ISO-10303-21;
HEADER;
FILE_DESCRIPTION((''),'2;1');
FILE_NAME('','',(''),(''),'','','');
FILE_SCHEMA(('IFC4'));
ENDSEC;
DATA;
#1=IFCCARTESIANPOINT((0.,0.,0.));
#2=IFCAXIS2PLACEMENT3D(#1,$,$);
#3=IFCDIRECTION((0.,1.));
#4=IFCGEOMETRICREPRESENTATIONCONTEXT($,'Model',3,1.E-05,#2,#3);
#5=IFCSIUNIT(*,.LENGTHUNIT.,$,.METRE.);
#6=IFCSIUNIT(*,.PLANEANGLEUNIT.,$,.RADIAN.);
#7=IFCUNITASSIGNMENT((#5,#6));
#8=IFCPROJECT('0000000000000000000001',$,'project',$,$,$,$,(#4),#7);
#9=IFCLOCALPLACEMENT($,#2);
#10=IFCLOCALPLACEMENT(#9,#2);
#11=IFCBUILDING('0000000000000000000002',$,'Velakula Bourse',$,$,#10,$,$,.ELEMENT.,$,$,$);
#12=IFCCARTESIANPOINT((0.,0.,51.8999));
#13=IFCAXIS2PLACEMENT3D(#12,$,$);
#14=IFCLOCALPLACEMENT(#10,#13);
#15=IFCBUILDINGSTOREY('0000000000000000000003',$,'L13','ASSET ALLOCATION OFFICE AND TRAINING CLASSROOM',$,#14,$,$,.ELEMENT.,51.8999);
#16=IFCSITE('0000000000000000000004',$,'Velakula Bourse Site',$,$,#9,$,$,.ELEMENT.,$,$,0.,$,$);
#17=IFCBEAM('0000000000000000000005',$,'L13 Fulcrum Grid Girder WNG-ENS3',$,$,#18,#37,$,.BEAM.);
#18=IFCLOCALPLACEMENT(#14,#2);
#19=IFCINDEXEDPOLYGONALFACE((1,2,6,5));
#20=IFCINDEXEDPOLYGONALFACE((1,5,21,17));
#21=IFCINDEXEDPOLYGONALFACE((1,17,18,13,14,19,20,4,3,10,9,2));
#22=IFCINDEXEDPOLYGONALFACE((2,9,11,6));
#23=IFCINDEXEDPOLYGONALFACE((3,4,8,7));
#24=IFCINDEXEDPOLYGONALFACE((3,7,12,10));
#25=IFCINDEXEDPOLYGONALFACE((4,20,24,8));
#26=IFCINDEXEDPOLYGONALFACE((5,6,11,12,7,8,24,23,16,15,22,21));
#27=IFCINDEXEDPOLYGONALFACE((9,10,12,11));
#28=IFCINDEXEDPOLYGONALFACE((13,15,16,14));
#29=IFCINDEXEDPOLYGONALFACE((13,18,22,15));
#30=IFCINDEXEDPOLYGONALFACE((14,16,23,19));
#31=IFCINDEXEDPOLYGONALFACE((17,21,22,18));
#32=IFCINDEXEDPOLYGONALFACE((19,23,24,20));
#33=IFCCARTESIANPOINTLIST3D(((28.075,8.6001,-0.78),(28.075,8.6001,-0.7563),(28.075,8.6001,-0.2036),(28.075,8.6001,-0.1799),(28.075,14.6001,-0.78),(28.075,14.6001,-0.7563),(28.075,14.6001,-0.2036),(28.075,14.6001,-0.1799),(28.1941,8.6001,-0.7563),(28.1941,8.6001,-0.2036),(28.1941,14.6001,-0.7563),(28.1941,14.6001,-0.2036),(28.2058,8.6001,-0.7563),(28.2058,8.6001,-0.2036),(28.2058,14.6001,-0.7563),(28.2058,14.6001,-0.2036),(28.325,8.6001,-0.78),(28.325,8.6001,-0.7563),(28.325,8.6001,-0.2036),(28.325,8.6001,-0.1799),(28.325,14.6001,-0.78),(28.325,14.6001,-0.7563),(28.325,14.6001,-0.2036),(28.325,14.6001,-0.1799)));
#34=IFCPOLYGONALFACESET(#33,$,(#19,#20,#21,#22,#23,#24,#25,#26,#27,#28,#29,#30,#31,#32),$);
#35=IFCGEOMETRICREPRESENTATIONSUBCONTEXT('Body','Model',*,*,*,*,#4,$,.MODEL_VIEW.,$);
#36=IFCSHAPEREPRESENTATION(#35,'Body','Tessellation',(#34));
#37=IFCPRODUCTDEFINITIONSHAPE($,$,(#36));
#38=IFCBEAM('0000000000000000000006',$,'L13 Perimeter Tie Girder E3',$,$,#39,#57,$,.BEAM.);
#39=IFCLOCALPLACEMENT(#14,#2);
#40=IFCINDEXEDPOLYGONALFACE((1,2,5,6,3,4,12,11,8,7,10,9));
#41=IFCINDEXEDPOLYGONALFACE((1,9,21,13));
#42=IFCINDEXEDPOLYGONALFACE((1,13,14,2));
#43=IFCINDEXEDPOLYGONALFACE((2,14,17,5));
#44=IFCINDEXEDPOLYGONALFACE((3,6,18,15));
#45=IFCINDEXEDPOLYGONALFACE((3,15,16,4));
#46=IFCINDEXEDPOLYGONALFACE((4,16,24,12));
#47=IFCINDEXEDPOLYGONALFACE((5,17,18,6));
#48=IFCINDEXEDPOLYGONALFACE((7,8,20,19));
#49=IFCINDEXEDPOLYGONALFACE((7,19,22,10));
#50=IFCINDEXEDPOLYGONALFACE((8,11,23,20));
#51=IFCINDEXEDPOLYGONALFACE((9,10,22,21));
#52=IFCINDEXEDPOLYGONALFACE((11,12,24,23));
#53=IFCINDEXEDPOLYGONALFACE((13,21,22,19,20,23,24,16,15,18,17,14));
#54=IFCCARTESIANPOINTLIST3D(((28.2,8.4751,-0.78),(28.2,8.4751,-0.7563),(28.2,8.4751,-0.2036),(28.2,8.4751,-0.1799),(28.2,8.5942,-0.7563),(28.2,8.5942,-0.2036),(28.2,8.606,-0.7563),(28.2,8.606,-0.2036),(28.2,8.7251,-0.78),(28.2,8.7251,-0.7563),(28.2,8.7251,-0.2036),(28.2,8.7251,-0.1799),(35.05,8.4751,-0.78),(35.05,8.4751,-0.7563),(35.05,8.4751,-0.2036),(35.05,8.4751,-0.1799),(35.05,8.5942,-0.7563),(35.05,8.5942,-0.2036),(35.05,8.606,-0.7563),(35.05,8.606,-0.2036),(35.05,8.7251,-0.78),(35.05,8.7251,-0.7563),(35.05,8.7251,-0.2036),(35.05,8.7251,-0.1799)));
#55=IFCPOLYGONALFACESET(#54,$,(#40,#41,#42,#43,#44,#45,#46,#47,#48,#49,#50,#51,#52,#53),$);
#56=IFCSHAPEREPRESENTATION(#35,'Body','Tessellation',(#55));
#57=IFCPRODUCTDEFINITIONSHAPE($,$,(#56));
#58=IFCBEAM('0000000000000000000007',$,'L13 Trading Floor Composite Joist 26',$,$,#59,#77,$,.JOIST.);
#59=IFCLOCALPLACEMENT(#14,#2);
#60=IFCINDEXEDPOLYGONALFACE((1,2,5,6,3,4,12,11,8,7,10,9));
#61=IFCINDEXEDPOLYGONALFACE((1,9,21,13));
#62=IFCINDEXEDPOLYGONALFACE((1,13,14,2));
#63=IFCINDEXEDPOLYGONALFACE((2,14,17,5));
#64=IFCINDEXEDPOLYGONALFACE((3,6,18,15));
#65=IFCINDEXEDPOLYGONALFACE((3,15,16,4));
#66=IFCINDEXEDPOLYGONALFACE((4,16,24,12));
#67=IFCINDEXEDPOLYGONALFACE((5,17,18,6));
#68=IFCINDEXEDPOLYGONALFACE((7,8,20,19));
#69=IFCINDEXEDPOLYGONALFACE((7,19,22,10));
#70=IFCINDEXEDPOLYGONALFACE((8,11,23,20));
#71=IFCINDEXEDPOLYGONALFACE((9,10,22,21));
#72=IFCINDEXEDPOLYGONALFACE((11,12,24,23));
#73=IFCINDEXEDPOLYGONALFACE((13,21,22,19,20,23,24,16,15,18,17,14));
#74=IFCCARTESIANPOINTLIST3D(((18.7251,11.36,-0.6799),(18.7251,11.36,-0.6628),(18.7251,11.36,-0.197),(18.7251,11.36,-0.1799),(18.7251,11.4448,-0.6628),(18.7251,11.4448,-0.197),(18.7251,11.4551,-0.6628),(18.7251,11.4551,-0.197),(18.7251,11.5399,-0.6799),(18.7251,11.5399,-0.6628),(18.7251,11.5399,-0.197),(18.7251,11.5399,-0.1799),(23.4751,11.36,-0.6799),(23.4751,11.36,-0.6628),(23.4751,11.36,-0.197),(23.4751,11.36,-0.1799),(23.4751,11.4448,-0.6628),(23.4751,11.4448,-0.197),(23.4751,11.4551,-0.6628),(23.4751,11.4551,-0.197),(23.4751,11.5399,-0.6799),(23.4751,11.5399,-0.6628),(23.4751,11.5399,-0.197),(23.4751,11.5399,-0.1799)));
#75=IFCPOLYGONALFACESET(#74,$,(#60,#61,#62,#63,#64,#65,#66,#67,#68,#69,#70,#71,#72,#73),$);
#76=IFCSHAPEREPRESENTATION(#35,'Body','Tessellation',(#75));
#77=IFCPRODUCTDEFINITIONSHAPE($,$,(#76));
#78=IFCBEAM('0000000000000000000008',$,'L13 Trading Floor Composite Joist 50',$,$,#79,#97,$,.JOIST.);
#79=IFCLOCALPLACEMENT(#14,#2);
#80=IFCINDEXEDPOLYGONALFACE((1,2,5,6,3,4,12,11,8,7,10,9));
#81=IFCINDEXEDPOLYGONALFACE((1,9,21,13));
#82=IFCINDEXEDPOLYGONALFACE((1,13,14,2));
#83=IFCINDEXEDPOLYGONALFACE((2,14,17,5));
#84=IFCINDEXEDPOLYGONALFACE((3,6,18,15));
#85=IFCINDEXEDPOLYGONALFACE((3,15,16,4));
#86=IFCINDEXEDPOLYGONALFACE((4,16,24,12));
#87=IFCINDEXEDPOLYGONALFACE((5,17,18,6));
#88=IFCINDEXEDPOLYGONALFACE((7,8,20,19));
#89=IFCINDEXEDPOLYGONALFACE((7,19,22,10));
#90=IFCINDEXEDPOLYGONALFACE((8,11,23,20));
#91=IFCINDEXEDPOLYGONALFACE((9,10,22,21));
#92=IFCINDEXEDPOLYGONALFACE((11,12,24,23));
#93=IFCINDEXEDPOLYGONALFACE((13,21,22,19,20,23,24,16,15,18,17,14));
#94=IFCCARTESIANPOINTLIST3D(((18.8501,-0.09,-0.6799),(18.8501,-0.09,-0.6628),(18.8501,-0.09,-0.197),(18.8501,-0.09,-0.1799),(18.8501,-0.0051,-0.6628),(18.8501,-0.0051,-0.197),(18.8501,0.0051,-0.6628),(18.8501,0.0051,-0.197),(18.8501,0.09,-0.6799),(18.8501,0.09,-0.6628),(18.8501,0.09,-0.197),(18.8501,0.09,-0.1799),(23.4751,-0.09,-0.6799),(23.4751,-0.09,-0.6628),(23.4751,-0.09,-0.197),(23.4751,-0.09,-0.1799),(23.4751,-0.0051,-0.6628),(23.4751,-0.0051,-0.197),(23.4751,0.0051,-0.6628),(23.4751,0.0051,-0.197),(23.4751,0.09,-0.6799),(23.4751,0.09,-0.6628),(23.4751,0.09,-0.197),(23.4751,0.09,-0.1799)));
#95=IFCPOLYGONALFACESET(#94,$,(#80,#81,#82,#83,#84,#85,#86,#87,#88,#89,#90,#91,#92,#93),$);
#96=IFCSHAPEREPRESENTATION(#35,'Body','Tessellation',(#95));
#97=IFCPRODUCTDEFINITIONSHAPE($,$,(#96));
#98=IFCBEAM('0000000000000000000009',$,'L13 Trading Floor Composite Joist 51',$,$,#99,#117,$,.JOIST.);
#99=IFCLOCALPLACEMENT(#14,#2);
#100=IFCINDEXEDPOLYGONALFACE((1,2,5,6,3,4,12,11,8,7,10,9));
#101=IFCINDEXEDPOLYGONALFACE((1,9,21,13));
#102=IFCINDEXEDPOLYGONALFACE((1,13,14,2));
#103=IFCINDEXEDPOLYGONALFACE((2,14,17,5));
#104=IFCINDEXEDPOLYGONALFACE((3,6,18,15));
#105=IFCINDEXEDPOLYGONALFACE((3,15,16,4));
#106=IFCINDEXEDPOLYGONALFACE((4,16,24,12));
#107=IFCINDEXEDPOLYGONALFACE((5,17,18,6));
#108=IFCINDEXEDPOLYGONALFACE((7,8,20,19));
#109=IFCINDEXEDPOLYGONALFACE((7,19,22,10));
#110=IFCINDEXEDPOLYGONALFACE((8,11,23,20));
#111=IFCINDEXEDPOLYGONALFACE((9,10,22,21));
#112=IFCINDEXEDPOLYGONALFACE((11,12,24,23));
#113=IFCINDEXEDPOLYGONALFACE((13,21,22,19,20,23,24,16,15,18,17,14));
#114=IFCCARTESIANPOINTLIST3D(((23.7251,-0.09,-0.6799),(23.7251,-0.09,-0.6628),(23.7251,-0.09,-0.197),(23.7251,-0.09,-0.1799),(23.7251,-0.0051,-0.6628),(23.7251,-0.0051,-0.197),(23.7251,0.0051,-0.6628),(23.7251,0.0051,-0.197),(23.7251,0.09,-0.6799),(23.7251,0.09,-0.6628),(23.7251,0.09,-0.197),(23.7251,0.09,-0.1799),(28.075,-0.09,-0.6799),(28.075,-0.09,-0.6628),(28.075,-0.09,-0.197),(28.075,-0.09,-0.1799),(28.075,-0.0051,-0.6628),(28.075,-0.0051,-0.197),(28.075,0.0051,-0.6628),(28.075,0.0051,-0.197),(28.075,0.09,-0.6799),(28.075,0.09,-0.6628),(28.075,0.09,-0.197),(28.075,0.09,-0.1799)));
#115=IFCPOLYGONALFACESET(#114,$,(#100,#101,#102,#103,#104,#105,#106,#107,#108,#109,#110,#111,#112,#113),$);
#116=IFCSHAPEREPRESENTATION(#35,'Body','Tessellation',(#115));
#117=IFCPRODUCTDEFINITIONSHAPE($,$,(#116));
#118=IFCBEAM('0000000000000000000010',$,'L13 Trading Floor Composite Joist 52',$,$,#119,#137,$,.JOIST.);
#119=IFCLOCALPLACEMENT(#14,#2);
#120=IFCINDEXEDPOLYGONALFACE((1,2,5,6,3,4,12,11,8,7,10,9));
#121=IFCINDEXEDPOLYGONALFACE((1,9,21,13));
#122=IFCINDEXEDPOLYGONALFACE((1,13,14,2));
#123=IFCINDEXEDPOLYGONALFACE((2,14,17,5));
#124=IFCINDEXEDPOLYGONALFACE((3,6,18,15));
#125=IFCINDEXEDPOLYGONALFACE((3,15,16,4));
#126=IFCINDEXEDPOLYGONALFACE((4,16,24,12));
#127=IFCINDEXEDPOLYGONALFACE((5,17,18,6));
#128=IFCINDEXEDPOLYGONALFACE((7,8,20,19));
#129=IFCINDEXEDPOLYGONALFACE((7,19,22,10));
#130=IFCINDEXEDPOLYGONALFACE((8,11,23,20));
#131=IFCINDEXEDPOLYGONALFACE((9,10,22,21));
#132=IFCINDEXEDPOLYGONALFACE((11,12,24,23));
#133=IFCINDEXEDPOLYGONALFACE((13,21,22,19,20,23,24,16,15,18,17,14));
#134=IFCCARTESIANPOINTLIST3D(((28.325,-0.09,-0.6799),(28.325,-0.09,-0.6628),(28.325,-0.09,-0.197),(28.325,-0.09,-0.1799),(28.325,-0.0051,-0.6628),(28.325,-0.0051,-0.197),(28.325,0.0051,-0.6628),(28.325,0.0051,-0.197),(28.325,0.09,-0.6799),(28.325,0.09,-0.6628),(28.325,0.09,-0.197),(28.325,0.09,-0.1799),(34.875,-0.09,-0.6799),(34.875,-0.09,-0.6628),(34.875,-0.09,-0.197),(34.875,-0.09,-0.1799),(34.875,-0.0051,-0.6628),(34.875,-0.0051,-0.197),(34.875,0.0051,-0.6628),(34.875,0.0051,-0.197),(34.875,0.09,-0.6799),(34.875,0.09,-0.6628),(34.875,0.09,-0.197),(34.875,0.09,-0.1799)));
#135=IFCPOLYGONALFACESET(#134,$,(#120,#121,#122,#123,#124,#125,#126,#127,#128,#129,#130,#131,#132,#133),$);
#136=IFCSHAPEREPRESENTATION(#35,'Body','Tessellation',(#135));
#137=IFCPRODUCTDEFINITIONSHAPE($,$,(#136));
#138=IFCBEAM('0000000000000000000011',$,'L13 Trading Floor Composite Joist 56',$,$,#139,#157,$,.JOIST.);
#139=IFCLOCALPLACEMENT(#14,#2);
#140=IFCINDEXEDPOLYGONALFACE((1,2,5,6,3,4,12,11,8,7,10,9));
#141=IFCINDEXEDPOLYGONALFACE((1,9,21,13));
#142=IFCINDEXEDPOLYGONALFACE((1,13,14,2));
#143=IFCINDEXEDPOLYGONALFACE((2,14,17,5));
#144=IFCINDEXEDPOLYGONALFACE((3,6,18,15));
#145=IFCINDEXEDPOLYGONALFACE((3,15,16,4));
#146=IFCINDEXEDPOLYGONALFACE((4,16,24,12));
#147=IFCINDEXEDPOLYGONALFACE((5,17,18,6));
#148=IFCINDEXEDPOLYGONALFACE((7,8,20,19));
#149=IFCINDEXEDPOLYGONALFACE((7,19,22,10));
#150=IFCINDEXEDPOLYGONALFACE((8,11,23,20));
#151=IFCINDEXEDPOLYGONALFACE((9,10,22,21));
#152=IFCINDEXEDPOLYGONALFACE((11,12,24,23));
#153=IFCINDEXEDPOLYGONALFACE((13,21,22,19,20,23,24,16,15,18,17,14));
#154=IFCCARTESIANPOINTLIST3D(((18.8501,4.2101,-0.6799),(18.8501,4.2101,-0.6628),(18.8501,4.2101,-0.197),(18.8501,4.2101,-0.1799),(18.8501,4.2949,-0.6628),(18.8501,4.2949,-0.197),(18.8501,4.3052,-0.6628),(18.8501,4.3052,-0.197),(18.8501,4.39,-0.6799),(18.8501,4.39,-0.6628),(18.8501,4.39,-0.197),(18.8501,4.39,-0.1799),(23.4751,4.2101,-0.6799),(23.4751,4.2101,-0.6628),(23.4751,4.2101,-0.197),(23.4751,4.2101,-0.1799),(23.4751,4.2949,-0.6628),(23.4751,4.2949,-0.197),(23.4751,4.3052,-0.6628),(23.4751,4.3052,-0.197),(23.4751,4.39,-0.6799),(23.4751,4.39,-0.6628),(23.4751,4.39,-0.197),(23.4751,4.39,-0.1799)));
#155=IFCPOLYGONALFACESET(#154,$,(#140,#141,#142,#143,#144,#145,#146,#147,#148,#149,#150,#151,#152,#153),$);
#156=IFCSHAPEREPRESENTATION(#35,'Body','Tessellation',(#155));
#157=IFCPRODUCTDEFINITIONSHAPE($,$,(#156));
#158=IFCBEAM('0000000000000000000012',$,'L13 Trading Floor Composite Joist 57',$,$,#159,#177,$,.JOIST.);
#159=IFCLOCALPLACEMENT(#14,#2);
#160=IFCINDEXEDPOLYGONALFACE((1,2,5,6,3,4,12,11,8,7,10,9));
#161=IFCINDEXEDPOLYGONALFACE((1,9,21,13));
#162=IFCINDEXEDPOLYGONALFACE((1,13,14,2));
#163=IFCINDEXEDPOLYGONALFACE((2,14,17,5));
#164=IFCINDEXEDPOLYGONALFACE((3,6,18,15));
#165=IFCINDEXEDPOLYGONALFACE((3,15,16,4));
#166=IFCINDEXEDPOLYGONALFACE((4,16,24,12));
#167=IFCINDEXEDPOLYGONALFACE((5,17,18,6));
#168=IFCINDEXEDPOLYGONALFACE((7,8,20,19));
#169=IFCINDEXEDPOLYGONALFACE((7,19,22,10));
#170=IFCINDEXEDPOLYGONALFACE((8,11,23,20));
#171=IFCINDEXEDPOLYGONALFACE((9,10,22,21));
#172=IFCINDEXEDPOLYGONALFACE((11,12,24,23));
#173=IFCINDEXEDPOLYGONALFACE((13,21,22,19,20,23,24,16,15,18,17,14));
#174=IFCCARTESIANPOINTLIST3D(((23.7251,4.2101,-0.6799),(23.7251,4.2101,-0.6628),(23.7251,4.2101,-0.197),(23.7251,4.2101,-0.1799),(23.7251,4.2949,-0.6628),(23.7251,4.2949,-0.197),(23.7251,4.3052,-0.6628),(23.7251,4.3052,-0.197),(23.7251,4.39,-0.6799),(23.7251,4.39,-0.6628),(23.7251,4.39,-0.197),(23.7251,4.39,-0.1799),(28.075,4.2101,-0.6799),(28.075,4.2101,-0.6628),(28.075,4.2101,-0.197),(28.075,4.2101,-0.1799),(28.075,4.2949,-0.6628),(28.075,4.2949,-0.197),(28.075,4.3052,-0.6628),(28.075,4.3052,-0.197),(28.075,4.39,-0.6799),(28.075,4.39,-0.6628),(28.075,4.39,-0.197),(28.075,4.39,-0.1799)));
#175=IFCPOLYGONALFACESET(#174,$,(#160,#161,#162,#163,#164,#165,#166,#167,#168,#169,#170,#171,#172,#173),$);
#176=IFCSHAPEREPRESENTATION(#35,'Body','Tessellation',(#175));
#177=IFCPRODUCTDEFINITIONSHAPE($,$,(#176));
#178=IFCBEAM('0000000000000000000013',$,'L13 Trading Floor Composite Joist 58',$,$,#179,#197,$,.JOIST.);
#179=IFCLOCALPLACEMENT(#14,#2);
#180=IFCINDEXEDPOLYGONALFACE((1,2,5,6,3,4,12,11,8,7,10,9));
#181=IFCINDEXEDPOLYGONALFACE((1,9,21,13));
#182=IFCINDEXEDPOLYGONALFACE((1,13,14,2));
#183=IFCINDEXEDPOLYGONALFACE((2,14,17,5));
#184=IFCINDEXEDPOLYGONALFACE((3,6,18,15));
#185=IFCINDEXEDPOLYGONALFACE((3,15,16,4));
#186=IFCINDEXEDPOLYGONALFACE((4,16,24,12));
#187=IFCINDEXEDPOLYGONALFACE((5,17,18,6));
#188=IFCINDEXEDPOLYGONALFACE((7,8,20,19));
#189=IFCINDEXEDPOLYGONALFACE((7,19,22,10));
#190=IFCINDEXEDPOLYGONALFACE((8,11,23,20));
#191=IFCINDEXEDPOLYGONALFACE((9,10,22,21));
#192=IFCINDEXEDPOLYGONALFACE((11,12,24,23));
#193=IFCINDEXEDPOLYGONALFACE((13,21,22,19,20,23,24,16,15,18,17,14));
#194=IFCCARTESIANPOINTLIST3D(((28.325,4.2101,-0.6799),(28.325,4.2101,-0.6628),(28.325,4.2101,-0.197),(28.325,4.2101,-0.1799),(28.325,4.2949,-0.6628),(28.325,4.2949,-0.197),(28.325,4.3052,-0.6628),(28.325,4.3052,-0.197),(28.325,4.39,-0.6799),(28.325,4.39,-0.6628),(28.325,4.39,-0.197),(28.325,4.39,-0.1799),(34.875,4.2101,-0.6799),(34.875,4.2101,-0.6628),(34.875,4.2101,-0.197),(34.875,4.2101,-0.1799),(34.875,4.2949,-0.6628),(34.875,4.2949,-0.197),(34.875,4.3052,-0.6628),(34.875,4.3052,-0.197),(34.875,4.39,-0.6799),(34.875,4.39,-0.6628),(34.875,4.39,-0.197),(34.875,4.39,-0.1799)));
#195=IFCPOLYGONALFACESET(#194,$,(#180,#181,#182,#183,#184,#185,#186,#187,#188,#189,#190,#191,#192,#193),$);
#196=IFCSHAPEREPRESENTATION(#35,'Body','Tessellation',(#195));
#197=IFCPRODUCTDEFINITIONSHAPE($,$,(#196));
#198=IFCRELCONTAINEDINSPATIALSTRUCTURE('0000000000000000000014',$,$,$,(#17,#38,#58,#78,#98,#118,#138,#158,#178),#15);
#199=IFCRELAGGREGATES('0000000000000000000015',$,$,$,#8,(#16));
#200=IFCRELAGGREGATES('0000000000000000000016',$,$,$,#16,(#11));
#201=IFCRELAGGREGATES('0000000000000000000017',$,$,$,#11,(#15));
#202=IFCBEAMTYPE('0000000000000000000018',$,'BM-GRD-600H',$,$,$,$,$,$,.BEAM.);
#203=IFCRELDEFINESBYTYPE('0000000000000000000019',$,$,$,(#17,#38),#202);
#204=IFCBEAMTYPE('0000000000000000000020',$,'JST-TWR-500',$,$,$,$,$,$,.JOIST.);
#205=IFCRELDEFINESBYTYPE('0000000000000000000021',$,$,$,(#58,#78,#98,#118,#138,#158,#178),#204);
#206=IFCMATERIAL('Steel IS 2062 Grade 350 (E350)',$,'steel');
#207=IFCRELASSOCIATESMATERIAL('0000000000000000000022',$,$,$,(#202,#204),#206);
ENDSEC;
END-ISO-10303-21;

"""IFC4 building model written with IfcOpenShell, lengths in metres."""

from ifc_helpers import new_model, si_unit, direction, frame, origin, origin_2d, place, context, subcontext, project, spatial, i_section, extrude, material, material_profile, profile_set, type_object, element, save


model = new_model("IFC4")

# Units and contexts
model_context = context("Model", 3, precision=1e-05, world=origin(), true_north=direction((0.0, 1.0)))
body_context = subcontext(model_context, "Body", "Model", "MODEL_VIEW")
ifc_project = project(units=[si_unit("LENGTHUNIT", "METRE"), si_unit("PLANEANGLEUNIT", "RADIAN")], contexts=[model_context])

# Site, building, storey
site_placement = place(None, origin())
site = spatial("IfcSite", under=ifc_project, at=site_placement, Name="Velakula Bourse Site", CompositionType="ELEMENT", RefElevation=0.0)
building_placement = place(site_placement, origin())
building = spatial("IfcBuilding", under=site, at=building_placement, Name="Velakula Bourse", CompositionType="ELEMENT")
storey_placement = place(building_placement, frame((0.0, 0.0, 51.8999)))
storey = spatial("IfcBuildingStorey", under=building, at=storey_placement, Name="L13", Description="ASSET ALLOCATION OFFICE AND TRAINING CLASSROOM", CompositionType="ELEMENT", Elevation=51.8999)

# Beams
ifc_material_1 = material(Name="Steel IS 2062 Grade 350 (E350)", Category="steel")
ifc_material_profile_1 = material_profile(ifc_material_1, i_section(OverallWidth=0.25, OverallDepth=0.6001, WebThickness=0.0117, FlangeThickness=0.0237, at=origin_2d()), Name="Steel IS 2062 Grade 350 (E350)")
ifc_profile_set_1 = profile_set([ifc_material_profile_1], Name="Steel IS 2062 Grade 350 (E350)")
beam_type_1 = type_object("IfcBeamType", Name="BM-GRD-600H", PredefinedType="BEAM", material=ifc_profile_set_1)
beam_1_placement = place(storey_placement, frame((28.2, 8.6001, -0.48), z_axis=(0.0, 1.0, 0.0), x_axis=(-1.0, 0.0, 0.0)))
element("IfcBeam", 1, at=beam_1_placement, inside=storey, type_object=beam_type_1, Name="L13 Fulcrum Grid Girder WNG-ENS3", PredefinedType="BEAM", context=body_context, shape_type="SweptSolid", body=[
    extrude(i_section(OverallWidth=0.25, OverallDepth=0.6001, WebThickness=0.0117, FlangeThickness=0.0237, at=origin_2d()), origin(), (0.0, 0.0, 1.0), 6.0),
])
beam_2_placement = place(storey_placement, frame((28.2, 8.6001, -0.48), z_axis=(1.0, 0.0, 0.0), x_axis=(0.0, 1.0, 0.0)))
element("IfcBeam", 2, at=beam_2_placement, inside=storey, type_object=beam_type_1, Name="L13 Perimeter Tie Girder E3", PredefinedType="BEAM", context=body_context, shape_type="SweptSolid", body=[
    extrude(i_section(OverallWidth=0.25, OverallDepth=0.6001, WebThickness=0.0117, FlangeThickness=0.0237, at=origin_2d()), origin(), (0.0, 0.0, 1.0), 6.8501),
])
ifc_material_profile_2 = material_profile(ifc_material_1, i_section(OverallWidth=0.1799, OverallDepth=0.5, WebThickness=0.0103, FlangeThickness=0.0171, at=origin_2d()), Name="Steel IS 2062 Grade 350 (E350)")
ifc_profile_set_2 = profile_set([ifc_material_profile_2], Name="Steel IS 2062 Grade 350 (E350)")
beam_type_2 = type_object("IfcBeamType", Name="JST-TWR-500", PredefinedType="JOIST", material=ifc_profile_set_2)
beam_3_placement = place(storey_placement, frame((18.7251, 11.45, -0.4299), z_axis=(1.0, 0.0, 0.0), x_axis=(0.0, 1.0, 0.0)))
element("IfcBeam", 3, at=beam_3_placement, inside=storey, type_object=beam_type_2, Name="L13 Trading Floor Composite Joist 26", PredefinedType="JOIST", context=body_context, shape_type="SweptSolid", body=[
    extrude(i_section(OverallWidth=0.1799, OverallDepth=0.5, WebThickness=0.0103, FlangeThickness=0.0171, at=origin_2d()), origin(), (0.0, 0.0, 1.0), 4.75),
])
beam_4_placement = place(storey_placement, frame((18.8501, 0.0, -0.4299), z_axis=(1.0, 0.0, 0.0), x_axis=(0.0, 1.0, 0.0)))
element("IfcBeam", 4, at=beam_4_placement, inside=storey, type_object=beam_type_2, Name="L13 Trading Floor Composite Joist 50", PredefinedType="JOIST", context=body_context, shape_type="SweptSolid", body=[
    extrude(i_section(OverallWidth=0.1799, OverallDepth=0.5, WebThickness=0.0103, FlangeThickness=0.0171, at=origin_2d()), origin(), (0.0, 0.0, 1.0), 4.625),
])
beam_5_placement = place(storey_placement, frame((23.7251, 0.0, -0.4299), z_axis=(1.0, 0.0, 0.0), x_axis=(0.0, 1.0, 0.0)))
element("IfcBeam", 5, at=beam_5_placement, inside=storey, type_object=beam_type_2, Name="L13 Trading Floor Composite Joist 51", PredefinedType="JOIST", context=body_context, shape_type="SweptSolid", body=[
    extrude(i_section(OverallWidth=0.1799, OverallDepth=0.5, WebThickness=0.0103, FlangeThickness=0.0171, at=origin_2d()), origin(), (0.0, 0.0, 1.0), 4.3499),
])
beam_6_placement = place(storey_placement, frame((28.325, 0.0, -0.4299), z_axis=(1.0, 0.0, 0.0), x_axis=(0.0, 1.0, 0.0)))
element("IfcBeam", 6, at=beam_6_placement, inside=storey, type_object=beam_type_2, Name="L13 Trading Floor Composite Joist 52", PredefinedType="JOIST", context=body_context, shape_type="SweptSolid", body=[
    extrude(i_section(OverallWidth=0.1799, OverallDepth=0.5, WebThickness=0.0103, FlangeThickness=0.0171, at=origin_2d()), origin(), (0.0, 0.0, 1.0), 6.55),
])
beam_7_placement = place(storey_placement, frame((18.8501, 4.3, -0.4299), z_axis=(1.0, 0.0, 0.0), x_axis=(0.0, 1.0, 0.0)))
element("IfcBeam", 7, at=beam_7_placement, inside=storey, type_object=beam_type_2, Name="L13 Trading Floor Composite Joist 56", PredefinedType="JOIST", context=body_context, shape_type="SweptSolid", body=[
    extrude(i_section(OverallWidth=0.1799, OverallDepth=0.5, WebThickness=0.0103, FlangeThickness=0.0171, at=origin_2d()), origin(), (0.0, 0.0, 1.0), 4.625),
])
beam_8_placement = place(storey_placement, frame((23.7251, 4.3, -0.4299), z_axis=(1.0, 0.0, 0.0), x_axis=(0.0, 1.0, 0.0)))
element("IfcBeam", 8, at=beam_8_placement, inside=storey, type_object=beam_type_2, Name="L13 Trading Floor Composite Joist 57", PredefinedType="JOIST", context=body_context, shape_type="SweptSolid", body=[
    extrude(i_section(OverallWidth=0.1799, OverallDepth=0.5, WebThickness=0.0103, FlangeThickness=0.0171, at=origin_2d()), origin(), (0.0, 0.0, 1.0), 4.3499),
])
beam_9_placement = place(storey_placement, frame((28.325, 4.3, -0.4299), z_axis=(1.0, 0.0, 0.0), x_axis=(0.0, 1.0, 0.0)))
element("IfcBeam", 9, at=beam_9_placement, inside=storey, type_object=beam_type_2, Name="L13 Trading Floor Composite Joist 58", PredefinedType="JOIST", context=body_context, shape_type="SweptSolid", body=[
    extrude(i_section(OverallWidth=0.1799, OverallDepth=0.5, WebThickness=0.0103, FlangeThickness=0.0171, at=origin_2d()), origin(), (0.0, 0.0, 1.0), 6.55),
])

save(model, "model.ifc")
